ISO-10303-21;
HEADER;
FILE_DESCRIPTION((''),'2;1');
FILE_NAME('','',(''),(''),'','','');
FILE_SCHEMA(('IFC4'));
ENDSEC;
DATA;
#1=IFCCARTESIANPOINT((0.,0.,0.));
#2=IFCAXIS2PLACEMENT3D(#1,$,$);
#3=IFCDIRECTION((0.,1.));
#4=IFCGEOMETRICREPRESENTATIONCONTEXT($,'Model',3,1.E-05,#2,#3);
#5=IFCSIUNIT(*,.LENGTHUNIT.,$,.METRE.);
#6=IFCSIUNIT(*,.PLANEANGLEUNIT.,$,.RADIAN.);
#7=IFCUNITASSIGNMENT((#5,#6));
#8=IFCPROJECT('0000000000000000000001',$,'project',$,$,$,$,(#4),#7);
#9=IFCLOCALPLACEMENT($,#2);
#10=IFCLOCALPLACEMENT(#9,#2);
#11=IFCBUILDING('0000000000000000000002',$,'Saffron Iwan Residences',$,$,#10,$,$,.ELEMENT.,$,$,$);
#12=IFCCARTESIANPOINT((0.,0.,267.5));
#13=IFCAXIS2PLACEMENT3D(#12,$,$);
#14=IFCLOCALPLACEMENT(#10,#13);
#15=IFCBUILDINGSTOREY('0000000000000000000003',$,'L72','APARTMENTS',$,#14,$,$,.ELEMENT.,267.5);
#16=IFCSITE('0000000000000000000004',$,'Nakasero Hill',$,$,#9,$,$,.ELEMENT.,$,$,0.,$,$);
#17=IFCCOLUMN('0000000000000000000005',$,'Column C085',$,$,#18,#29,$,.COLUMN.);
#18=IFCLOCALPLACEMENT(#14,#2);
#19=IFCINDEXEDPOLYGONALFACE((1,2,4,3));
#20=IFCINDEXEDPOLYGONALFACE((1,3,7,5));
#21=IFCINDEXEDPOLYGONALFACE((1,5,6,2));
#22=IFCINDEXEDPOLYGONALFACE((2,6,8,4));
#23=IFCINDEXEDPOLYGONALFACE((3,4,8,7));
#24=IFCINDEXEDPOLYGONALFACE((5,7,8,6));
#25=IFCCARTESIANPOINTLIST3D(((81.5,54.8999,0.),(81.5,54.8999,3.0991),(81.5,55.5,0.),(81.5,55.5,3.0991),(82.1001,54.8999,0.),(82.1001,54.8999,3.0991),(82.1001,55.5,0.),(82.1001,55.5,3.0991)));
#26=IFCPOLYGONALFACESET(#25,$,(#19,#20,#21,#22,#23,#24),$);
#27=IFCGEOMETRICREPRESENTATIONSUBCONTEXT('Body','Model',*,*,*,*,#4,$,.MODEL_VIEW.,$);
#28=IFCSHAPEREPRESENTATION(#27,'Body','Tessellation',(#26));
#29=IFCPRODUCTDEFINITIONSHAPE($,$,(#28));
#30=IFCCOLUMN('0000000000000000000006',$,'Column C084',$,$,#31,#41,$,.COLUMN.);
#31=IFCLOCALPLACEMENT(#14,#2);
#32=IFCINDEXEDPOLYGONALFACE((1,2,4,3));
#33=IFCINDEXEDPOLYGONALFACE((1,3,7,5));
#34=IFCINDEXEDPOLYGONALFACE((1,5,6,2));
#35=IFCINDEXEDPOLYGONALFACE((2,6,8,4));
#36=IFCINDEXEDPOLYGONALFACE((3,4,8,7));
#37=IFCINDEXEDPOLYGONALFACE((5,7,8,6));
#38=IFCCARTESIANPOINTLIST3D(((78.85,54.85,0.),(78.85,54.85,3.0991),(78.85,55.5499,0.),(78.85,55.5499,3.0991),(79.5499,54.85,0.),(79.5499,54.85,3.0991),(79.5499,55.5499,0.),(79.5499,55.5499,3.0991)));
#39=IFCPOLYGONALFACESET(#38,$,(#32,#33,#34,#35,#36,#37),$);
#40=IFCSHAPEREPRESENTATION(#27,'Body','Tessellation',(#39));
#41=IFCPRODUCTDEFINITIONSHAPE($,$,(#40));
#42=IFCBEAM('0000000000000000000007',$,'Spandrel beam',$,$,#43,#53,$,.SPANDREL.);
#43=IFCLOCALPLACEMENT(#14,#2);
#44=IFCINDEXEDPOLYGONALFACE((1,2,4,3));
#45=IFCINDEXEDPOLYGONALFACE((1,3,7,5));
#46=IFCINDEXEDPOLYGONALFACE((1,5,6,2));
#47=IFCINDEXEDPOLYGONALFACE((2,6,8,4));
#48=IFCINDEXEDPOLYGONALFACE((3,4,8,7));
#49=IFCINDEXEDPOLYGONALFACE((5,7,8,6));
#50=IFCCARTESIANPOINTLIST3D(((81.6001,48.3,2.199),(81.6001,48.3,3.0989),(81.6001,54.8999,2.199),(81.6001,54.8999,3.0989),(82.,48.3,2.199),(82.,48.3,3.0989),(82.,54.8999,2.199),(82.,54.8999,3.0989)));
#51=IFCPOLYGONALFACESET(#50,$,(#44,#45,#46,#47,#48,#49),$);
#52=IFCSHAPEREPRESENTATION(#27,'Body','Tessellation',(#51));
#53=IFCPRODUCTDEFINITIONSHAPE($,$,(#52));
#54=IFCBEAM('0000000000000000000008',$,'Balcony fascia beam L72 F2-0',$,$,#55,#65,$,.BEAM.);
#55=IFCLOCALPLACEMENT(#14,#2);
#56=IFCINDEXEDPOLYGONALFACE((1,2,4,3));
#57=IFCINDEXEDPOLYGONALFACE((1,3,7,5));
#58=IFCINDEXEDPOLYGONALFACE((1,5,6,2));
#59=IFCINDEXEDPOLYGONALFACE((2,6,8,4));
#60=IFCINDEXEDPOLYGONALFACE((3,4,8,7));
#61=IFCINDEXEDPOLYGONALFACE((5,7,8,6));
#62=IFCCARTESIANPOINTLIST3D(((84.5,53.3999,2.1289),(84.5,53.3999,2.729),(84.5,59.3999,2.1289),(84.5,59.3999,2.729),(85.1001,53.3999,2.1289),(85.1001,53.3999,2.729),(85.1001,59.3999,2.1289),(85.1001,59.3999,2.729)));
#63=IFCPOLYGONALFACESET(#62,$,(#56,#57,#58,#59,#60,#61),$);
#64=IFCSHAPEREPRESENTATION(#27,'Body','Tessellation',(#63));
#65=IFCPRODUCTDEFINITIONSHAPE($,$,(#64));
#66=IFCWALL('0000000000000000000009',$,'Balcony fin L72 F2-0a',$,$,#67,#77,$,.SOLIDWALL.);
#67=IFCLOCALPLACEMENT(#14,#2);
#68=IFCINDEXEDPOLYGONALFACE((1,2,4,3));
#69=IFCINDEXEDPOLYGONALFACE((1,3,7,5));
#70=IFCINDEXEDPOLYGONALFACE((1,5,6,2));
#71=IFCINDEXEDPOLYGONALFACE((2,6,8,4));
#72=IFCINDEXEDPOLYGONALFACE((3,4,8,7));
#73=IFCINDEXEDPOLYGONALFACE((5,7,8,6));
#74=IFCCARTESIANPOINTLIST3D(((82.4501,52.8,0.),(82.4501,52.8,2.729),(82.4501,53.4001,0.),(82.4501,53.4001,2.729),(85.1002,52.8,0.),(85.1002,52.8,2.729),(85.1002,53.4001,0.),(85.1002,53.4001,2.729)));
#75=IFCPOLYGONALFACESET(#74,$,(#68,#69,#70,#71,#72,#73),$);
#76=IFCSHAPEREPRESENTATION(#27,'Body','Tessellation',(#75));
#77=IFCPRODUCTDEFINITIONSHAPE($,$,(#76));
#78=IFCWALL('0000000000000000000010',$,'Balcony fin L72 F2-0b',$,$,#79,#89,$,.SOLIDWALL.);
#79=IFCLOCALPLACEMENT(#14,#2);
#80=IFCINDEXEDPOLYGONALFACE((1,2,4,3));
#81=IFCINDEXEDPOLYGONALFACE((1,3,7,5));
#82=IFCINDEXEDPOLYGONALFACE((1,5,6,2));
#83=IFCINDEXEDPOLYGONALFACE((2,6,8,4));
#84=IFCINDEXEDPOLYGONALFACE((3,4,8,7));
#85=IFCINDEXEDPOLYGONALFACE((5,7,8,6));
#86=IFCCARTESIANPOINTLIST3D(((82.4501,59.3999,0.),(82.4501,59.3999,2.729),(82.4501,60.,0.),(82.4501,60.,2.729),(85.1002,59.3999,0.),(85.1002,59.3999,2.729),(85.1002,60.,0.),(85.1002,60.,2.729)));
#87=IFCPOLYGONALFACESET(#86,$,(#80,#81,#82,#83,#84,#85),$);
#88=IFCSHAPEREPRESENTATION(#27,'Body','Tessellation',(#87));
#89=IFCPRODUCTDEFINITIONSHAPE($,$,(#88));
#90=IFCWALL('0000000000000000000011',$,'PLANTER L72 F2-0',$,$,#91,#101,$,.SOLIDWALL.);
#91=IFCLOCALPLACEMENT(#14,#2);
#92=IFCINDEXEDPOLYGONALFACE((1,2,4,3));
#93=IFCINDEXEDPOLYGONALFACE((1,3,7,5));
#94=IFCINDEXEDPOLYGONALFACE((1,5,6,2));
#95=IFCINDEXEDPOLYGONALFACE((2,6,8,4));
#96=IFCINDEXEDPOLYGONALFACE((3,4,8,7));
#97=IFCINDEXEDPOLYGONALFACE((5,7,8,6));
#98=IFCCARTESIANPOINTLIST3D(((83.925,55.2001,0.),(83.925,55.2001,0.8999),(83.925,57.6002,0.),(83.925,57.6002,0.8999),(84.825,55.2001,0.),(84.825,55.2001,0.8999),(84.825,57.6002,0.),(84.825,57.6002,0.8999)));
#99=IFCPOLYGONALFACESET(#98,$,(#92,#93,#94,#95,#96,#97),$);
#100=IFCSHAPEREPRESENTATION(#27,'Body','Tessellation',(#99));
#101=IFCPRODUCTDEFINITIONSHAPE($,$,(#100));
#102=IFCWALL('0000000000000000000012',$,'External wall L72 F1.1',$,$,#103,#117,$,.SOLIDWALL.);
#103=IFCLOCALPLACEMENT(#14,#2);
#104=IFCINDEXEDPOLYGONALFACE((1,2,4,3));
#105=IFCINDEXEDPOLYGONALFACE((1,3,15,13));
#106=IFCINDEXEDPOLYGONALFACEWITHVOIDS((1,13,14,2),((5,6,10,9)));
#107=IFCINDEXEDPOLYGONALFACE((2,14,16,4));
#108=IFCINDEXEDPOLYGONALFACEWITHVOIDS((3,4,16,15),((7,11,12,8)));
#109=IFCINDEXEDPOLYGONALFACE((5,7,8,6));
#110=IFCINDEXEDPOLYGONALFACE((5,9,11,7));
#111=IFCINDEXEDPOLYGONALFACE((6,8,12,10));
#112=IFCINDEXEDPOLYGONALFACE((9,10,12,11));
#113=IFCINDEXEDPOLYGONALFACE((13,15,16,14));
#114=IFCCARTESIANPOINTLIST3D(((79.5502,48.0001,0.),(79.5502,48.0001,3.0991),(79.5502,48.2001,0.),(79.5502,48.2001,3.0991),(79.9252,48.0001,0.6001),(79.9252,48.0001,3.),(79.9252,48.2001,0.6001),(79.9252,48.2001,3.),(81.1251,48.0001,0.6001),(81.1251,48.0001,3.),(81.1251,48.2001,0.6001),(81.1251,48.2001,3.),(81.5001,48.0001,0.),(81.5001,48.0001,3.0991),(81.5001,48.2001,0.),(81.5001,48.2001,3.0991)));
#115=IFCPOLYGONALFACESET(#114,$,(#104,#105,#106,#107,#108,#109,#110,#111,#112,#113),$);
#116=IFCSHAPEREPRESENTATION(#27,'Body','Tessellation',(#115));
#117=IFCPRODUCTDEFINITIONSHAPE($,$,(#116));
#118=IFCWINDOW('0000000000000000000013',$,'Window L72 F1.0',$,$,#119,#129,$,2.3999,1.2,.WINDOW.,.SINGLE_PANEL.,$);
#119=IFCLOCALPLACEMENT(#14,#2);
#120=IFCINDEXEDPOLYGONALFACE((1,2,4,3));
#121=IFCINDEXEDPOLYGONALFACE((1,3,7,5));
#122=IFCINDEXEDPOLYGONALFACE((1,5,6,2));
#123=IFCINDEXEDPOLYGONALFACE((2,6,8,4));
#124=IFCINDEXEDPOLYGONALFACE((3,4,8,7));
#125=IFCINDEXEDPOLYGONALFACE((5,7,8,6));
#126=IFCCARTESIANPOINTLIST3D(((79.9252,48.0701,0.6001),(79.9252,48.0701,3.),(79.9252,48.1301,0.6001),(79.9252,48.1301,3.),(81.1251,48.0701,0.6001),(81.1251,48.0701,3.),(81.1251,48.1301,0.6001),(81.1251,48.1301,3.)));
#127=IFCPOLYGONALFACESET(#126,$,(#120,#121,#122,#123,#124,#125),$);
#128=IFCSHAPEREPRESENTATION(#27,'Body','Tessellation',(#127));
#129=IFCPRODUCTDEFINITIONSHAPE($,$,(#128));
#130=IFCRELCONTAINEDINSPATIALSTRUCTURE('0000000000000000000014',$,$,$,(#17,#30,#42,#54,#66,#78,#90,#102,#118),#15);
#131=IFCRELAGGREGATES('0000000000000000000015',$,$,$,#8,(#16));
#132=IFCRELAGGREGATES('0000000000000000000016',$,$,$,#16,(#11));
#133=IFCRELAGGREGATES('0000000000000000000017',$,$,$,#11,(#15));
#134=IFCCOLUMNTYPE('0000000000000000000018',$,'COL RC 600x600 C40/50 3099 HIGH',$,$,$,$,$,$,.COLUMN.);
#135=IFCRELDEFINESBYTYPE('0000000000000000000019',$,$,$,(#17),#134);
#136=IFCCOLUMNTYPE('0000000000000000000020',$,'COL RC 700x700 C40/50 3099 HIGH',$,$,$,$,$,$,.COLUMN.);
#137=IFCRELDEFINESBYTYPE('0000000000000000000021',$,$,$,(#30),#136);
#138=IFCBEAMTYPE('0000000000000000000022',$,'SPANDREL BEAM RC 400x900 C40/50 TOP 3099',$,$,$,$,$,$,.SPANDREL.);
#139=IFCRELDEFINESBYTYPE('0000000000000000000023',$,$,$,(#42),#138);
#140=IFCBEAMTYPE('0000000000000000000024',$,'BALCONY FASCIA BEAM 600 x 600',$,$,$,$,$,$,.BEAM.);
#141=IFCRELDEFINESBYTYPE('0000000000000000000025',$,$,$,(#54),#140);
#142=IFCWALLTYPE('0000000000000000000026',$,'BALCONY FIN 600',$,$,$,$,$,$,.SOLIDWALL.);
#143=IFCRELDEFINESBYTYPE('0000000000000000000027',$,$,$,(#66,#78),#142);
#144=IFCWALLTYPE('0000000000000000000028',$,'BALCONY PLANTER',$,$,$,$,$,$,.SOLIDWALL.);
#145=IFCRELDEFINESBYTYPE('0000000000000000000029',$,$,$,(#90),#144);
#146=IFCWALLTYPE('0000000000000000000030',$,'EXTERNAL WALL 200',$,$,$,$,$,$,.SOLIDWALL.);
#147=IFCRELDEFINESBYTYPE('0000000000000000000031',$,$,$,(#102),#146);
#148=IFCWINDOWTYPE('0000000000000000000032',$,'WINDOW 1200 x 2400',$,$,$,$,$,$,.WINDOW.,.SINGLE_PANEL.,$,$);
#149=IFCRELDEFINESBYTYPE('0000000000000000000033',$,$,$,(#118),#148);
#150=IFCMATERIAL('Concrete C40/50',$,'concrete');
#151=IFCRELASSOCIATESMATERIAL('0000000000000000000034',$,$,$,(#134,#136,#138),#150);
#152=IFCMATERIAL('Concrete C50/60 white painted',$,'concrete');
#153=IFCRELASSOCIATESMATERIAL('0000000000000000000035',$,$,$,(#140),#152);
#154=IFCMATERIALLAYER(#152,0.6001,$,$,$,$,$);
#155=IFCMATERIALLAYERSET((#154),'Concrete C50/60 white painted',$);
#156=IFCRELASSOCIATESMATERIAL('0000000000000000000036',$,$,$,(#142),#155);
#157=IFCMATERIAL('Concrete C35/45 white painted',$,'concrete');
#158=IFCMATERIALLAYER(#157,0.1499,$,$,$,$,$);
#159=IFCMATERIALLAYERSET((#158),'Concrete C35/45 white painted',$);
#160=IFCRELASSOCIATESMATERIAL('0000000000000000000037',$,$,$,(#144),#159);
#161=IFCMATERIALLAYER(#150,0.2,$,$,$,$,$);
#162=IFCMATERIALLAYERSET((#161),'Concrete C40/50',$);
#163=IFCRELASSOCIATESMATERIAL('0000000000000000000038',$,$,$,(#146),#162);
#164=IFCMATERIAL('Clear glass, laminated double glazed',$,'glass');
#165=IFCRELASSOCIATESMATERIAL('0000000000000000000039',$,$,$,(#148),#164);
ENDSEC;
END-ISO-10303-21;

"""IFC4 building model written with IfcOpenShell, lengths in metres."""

from ifc_helpers import new_model, si_unit, direction, frame, frame_2d, origin, origin_2d, place, context, subcontext, project, spatial, rectangle, extrude, source, transform, mapped, material, layer, layer_set, material_profile, profile_set, type_object, element, fill, save


model = new_model("IFC4")

# Units and contexts
model_context = context("Model", 3, precision=1e-05, world=origin(), true_north=direction((0.0, 1.0)))
body_context = subcontext(model_context, "Body", "Model", "MODEL_VIEW")
ifc_project = project(units=[si_unit("LENGTHUNIT", "METRE"), si_unit("PLANEANGLEUNIT", "RADIAN")], contexts=[model_context])

# Site, building, storey
site_placement = place(None, origin())
site = spatial("IfcSite", under=ifc_project, at=site_placement, Name="Nakasero Hill", CompositionType="ELEMENT", RefElevation=0.0)
building_placement = place(site_placement, origin())
building = spatial("IfcBuilding", under=site, at=building_placement, Name="Saffron Iwan Residences", CompositionType="ELEMENT")
storey_placement = place(building_placement, frame((0.0, 0.0, 267.5)))
storey = spatial("IfcBuildingStorey", under=building, at=storey_placement, Name="L72", Description="APARTMENTS", CompositionType="ELEMENT", Elevation=267.5)

# Columns
ifc_material_1 = material(Name="Concrete C40/50", Category="concrete")
ifc_material_profile_1 = material_profile(ifc_material_1, rectangle(XDim=0.6001, YDim=0.6001, at=origin_2d()), Name="RC 600x600")
ifc_profile_set_1 = profile_set([ifc_material_profile_1], Name="Concrete C40/50")
column_type_1 = type_object("IfcColumnType", Name="COL RC 600x600 C40/50 3099 HIGH", PredefinedType="COLUMN", material=ifc_profile_set_1)
shared_shape_1 = source(origin(), body_context, "Body", "SweptSolid", [
    extrude(rectangle(XDim=0.6001, YDim=0.6001, at=origin_2d()), origin(), (0.0, 0.0, 1.0), 3.0991),
])
column_1_placement = place(storey_placement, frame((81.8, 55.2, 0.0), z_axis=(0.0, 0.0, 1.0), x_axis=(1.0, 0.0, 0.0)))
element("IfcColumn", 1, at=column_1_placement, inside=storey, type_object=column_type_1, Name="Column C085", PredefinedType="COLUMN", context=body_context, shape_type="MappedRepresentation", body=[
    mapped(shared_shape_1, transform((0.0, 0.0, 0.0))),
])
ifc_material_profile_2 = material_profile(ifc_material_1, rectangle(XDim=0.7, YDim=0.7, at=origin_2d()), Name="RC 700x700")
ifc_profile_set_2 = profile_set([ifc_material_profile_2], Name="Concrete C40/50")
column_type_2 = type_object("IfcColumnType", Name="COL RC 700x700 C40/50 3099 HIGH", PredefinedType="COLUMN", material=ifc_profile_set_2)
shared_shape_2 = source(origin(), body_context, "Body", "SweptSolid", [
    extrude(rectangle(XDim=0.7, YDim=0.7, at=origin_2d()), origin(), (0.0, 0.0, 1.0), 3.0991),
])
column_2_placement = place(storey_placement, frame((79.2, 55.2, 0.0), z_axis=(0.0, 0.0, 1.0), x_axis=(1.0, 0.0, 0.0)))
element("IfcColumn", 2, at=column_2_placement, inside=storey, type_object=column_type_2, Name="Column C084", PredefinedType="COLUMN", context=body_context, shape_type="MappedRepresentation", body=[
    mapped(shared_shape_2, transform((0.0, 0.0, 0.0))),
])

# Beams
ifc_material_profile_3 = material_profile(ifc_material_1, rectangle(XDim=0.3999, YDim=0.8999, at=origin_2d()), Name="RC 400x900")
ifc_profile_set_3 = profile_set([ifc_material_profile_3], Name="Concrete C40/50")
beam_type_1 = type_object("IfcBeamType", Name="SPANDREL BEAM RC 400x900 C40/50 TOP 3099", PredefinedType="SPANDREL", material=ifc_profile_set_3)
shared_shape_3 = source(origin(), body_context, "Body", "SweptSolid", [
    extrude(rectangle(XDim=0.3999, YDim=0.8999, at=origin_2d()), origin(), (0.0, 0.0, 1.0), 6.5999),
])
beam_1_placement = place(storey_placement, frame((81.8, 54.8999, 2.6489), z_axis=(0.0, -1.0, 0.0), x_axis=(1.0, 0.0, 0.0)))
element("IfcBeam", 3, at=beam_1_placement, inside=storey, type_object=beam_type_1, Name="Spandrel beam", PredefinedType="SPANDREL", context=body_context, shape_type="MappedRepresentation", body=[
    mapped(shared_shape_3, transform((0.0, 0.0, 0.0))),
])
ifc_material_2 = material(Name="Concrete C50/60 white painted", Category="concrete")
ifc_material_profile_4 = material_profile(ifc_material_2, rectangle(XDim=0.6001, YDim=0.6001, at=origin_2d()), Name="BALCONY FASCIA BEAM 600 x 600")
ifc_profile_set_4 = profile_set([ifc_material_profile_4], Name="Concrete C50/60 white painted")
beam_type_2 = type_object("IfcBeamType", Name="BALCONY FASCIA BEAM 600 x 600", PredefinedType="BEAM", material=ifc_profile_set_4)
shared_shape_4 = source(origin(), body_context, "Body", "SweptSolid", [
    extrude(rectangle(XDim=0.6001, YDim=0.6001, at=origin_2d()), origin(), (0.0, 0.0, 1.0), 6.0),
])
beam_2_placement = place(storey_placement, frame((84.8, 53.3999, 2.429), z_axis=(0.0, 1.0, 0.0), x_axis=(-1.0, 0.0, 0.0)))
element("IfcBeam", 4, at=beam_2_placement, inside=storey, type_object=beam_type_2, Name="Balcony fascia beam L72 F2-0", PredefinedType="BEAM", context=body_context, shape_type="MappedRepresentation", body=[
    mapped(shared_shape_4, transform((0.0, 0.0, 0.0))),
])

# Walls
ifc_layer_1 = layer(ifc_material_2, 0.6001)
ifc_layer_set_1 = layer_set([ifc_layer_1], Name="Concrete C50/60 white painted")
wall_type_1 = type_object("IfcWallType", Name="BALCONY FIN 600", PredefinedType="SOLIDWALL", material=ifc_layer_set_1)
for number, where, z_axis, x_axis, name in (
    (5, (82.45, 53.1001, 0.0), (0.0, 0.0, 1.0), (1.0, 0.0, 0.0), "Balcony fin L72 F2-0a"),
    (6, (82.45, 59.7, 0.0), (0.0, 0.0, 1.0), (1.0, 0.0, 0.0), "Balcony fin L72 F2-0b"),
):
    element("IfcWall", number, at=place(storey_placement, frame(where, z_axis=z_axis, x_axis=x_axis)), inside=storey, type_object=wall_type_1, Name=name, PredefinedType="SOLIDWALL", context=body_context, shape_type="SweptSolid", body=[
        extrude(rectangle(XDim=2.6501, YDim=0.6001, at=frame_2d((1.3252, 0.0))), origin(), (0.0, 0.0, 1.0), 2.729),
    ])
ifc_material_3 = material(Name="Concrete C35/45 white painted", Category="concrete")
ifc_layer_2 = layer(ifc_material_3, 0.1499)
ifc_layer_set_2 = layer_set([ifc_layer_2], Name="Concrete C35/45 white painted")
wall_type_2 = type_object("IfcWallType", Name="BALCONY PLANTER", PredefinedType="SOLIDWALL", material=ifc_layer_set_2)
wall_1_placement = place(storey_placement, frame((84.375, 55.2, 0.0), z_axis=(0.0, 0.0, 1.0), x_axis=(0.0, 1.0, 0.0)))
element("IfcWall", 7, at=wall_1_placement, inside=storey, type_object=wall_type_2, Name="PLANTER L72 F2-0", PredefinedType="SOLIDWALL", context=body_context, shape_type="SweptSolid", body=[
    extrude(rectangle(XDim=2.4001, YDim=0.8999, at=frame_2d((1.2002, 0.0))), origin(), (0.0, 0.0, 1.0), 0.8999),
])

# Wall, opening, window
ifc_layer_3 = layer(ifc_material_1, 0.2)
ifc_layer_set_3 = layer_set([ifc_layer_3], Name="Concrete C40/50")
wall_type_3 = type_object("IfcWallType", Name="EXTERNAL WALL 200", PredefinedType="SOLIDWALL", material=ifc_layer_set_3)
wall_2_placement = place(storey_placement, frame((79.55, 48.1001, 0.0), z_axis=(0.0, 0.0, 1.0), x_axis=(1.0, 0.0, 0.0)))
wall_2 = element("IfcWall", 8, at=wall_2_placement, inside=storey, type_object=wall_type_3, Name="External wall L72 F1.1", PredefinedType="SOLIDWALL", context=body_context, shape_type="SweptSolid", body=[
    extrude(rectangle(XDim=1.95, YDim=0.2, at=frame_2d((0.9751, 0.0))), origin(), (0.0, 0.0, 1.0), 3.0991),
])
opening_1_placement = place(wall_2_placement, frame((0.375, 0.0, 0.6001)))
opening_1 = element("IfcOpeningElement", 9, at=opening_1_placement, cuts=wall_2, PredefinedType="OPENING", context=body_context, shape_type="SweptSolid", body=[
    extrude(rectangle(XDim=1.2, YDim=2.3999, at=frame_2d((0.6001, 1.2))), frame((0.0, 0.1099, 0.0), z_axis=(0.0, -1.0, 0.0), x_axis=(1.0, 0.0, 0.0)), (0.0, 0.0, 1.0), 0.22),
])
ifc_material_4 = material(Name="Clear glass, laminated double glazed", Category="glass")
window_type_1 = type_object("IfcWindowType", Name="WINDOW 1200 x 2400", PartitioningType="SINGLE_PANEL", PredefinedType="WINDOW", material=ifc_material_4)
window_1_placement = place(opening_1_placement, origin())
window_1 = element("IfcWindow", 10, at=window_1_placement, inside=storey, type_object=window_type_1, Name="Window L72 F1.0", OverallHeight=2.3999, OverallWidth=1.2, PartitioningType="SINGLE_PANEL", PredefinedType="WINDOW", context=body_context, shape_type="SweptSolid", body=[
    extrude(rectangle(XDim=1.2, YDim=2.3999, at=frame_2d((0.6001, 1.2))), frame((0.0, 0.03, 0.0), z_axis=(0.0, -1.0, 0.0), x_axis=(1.0, 0.0, 0.0)), (0.0, 0.0, 1.0), 0.0601),
])
fill(opening_1, window_1)

save(model, "model.ifc")
